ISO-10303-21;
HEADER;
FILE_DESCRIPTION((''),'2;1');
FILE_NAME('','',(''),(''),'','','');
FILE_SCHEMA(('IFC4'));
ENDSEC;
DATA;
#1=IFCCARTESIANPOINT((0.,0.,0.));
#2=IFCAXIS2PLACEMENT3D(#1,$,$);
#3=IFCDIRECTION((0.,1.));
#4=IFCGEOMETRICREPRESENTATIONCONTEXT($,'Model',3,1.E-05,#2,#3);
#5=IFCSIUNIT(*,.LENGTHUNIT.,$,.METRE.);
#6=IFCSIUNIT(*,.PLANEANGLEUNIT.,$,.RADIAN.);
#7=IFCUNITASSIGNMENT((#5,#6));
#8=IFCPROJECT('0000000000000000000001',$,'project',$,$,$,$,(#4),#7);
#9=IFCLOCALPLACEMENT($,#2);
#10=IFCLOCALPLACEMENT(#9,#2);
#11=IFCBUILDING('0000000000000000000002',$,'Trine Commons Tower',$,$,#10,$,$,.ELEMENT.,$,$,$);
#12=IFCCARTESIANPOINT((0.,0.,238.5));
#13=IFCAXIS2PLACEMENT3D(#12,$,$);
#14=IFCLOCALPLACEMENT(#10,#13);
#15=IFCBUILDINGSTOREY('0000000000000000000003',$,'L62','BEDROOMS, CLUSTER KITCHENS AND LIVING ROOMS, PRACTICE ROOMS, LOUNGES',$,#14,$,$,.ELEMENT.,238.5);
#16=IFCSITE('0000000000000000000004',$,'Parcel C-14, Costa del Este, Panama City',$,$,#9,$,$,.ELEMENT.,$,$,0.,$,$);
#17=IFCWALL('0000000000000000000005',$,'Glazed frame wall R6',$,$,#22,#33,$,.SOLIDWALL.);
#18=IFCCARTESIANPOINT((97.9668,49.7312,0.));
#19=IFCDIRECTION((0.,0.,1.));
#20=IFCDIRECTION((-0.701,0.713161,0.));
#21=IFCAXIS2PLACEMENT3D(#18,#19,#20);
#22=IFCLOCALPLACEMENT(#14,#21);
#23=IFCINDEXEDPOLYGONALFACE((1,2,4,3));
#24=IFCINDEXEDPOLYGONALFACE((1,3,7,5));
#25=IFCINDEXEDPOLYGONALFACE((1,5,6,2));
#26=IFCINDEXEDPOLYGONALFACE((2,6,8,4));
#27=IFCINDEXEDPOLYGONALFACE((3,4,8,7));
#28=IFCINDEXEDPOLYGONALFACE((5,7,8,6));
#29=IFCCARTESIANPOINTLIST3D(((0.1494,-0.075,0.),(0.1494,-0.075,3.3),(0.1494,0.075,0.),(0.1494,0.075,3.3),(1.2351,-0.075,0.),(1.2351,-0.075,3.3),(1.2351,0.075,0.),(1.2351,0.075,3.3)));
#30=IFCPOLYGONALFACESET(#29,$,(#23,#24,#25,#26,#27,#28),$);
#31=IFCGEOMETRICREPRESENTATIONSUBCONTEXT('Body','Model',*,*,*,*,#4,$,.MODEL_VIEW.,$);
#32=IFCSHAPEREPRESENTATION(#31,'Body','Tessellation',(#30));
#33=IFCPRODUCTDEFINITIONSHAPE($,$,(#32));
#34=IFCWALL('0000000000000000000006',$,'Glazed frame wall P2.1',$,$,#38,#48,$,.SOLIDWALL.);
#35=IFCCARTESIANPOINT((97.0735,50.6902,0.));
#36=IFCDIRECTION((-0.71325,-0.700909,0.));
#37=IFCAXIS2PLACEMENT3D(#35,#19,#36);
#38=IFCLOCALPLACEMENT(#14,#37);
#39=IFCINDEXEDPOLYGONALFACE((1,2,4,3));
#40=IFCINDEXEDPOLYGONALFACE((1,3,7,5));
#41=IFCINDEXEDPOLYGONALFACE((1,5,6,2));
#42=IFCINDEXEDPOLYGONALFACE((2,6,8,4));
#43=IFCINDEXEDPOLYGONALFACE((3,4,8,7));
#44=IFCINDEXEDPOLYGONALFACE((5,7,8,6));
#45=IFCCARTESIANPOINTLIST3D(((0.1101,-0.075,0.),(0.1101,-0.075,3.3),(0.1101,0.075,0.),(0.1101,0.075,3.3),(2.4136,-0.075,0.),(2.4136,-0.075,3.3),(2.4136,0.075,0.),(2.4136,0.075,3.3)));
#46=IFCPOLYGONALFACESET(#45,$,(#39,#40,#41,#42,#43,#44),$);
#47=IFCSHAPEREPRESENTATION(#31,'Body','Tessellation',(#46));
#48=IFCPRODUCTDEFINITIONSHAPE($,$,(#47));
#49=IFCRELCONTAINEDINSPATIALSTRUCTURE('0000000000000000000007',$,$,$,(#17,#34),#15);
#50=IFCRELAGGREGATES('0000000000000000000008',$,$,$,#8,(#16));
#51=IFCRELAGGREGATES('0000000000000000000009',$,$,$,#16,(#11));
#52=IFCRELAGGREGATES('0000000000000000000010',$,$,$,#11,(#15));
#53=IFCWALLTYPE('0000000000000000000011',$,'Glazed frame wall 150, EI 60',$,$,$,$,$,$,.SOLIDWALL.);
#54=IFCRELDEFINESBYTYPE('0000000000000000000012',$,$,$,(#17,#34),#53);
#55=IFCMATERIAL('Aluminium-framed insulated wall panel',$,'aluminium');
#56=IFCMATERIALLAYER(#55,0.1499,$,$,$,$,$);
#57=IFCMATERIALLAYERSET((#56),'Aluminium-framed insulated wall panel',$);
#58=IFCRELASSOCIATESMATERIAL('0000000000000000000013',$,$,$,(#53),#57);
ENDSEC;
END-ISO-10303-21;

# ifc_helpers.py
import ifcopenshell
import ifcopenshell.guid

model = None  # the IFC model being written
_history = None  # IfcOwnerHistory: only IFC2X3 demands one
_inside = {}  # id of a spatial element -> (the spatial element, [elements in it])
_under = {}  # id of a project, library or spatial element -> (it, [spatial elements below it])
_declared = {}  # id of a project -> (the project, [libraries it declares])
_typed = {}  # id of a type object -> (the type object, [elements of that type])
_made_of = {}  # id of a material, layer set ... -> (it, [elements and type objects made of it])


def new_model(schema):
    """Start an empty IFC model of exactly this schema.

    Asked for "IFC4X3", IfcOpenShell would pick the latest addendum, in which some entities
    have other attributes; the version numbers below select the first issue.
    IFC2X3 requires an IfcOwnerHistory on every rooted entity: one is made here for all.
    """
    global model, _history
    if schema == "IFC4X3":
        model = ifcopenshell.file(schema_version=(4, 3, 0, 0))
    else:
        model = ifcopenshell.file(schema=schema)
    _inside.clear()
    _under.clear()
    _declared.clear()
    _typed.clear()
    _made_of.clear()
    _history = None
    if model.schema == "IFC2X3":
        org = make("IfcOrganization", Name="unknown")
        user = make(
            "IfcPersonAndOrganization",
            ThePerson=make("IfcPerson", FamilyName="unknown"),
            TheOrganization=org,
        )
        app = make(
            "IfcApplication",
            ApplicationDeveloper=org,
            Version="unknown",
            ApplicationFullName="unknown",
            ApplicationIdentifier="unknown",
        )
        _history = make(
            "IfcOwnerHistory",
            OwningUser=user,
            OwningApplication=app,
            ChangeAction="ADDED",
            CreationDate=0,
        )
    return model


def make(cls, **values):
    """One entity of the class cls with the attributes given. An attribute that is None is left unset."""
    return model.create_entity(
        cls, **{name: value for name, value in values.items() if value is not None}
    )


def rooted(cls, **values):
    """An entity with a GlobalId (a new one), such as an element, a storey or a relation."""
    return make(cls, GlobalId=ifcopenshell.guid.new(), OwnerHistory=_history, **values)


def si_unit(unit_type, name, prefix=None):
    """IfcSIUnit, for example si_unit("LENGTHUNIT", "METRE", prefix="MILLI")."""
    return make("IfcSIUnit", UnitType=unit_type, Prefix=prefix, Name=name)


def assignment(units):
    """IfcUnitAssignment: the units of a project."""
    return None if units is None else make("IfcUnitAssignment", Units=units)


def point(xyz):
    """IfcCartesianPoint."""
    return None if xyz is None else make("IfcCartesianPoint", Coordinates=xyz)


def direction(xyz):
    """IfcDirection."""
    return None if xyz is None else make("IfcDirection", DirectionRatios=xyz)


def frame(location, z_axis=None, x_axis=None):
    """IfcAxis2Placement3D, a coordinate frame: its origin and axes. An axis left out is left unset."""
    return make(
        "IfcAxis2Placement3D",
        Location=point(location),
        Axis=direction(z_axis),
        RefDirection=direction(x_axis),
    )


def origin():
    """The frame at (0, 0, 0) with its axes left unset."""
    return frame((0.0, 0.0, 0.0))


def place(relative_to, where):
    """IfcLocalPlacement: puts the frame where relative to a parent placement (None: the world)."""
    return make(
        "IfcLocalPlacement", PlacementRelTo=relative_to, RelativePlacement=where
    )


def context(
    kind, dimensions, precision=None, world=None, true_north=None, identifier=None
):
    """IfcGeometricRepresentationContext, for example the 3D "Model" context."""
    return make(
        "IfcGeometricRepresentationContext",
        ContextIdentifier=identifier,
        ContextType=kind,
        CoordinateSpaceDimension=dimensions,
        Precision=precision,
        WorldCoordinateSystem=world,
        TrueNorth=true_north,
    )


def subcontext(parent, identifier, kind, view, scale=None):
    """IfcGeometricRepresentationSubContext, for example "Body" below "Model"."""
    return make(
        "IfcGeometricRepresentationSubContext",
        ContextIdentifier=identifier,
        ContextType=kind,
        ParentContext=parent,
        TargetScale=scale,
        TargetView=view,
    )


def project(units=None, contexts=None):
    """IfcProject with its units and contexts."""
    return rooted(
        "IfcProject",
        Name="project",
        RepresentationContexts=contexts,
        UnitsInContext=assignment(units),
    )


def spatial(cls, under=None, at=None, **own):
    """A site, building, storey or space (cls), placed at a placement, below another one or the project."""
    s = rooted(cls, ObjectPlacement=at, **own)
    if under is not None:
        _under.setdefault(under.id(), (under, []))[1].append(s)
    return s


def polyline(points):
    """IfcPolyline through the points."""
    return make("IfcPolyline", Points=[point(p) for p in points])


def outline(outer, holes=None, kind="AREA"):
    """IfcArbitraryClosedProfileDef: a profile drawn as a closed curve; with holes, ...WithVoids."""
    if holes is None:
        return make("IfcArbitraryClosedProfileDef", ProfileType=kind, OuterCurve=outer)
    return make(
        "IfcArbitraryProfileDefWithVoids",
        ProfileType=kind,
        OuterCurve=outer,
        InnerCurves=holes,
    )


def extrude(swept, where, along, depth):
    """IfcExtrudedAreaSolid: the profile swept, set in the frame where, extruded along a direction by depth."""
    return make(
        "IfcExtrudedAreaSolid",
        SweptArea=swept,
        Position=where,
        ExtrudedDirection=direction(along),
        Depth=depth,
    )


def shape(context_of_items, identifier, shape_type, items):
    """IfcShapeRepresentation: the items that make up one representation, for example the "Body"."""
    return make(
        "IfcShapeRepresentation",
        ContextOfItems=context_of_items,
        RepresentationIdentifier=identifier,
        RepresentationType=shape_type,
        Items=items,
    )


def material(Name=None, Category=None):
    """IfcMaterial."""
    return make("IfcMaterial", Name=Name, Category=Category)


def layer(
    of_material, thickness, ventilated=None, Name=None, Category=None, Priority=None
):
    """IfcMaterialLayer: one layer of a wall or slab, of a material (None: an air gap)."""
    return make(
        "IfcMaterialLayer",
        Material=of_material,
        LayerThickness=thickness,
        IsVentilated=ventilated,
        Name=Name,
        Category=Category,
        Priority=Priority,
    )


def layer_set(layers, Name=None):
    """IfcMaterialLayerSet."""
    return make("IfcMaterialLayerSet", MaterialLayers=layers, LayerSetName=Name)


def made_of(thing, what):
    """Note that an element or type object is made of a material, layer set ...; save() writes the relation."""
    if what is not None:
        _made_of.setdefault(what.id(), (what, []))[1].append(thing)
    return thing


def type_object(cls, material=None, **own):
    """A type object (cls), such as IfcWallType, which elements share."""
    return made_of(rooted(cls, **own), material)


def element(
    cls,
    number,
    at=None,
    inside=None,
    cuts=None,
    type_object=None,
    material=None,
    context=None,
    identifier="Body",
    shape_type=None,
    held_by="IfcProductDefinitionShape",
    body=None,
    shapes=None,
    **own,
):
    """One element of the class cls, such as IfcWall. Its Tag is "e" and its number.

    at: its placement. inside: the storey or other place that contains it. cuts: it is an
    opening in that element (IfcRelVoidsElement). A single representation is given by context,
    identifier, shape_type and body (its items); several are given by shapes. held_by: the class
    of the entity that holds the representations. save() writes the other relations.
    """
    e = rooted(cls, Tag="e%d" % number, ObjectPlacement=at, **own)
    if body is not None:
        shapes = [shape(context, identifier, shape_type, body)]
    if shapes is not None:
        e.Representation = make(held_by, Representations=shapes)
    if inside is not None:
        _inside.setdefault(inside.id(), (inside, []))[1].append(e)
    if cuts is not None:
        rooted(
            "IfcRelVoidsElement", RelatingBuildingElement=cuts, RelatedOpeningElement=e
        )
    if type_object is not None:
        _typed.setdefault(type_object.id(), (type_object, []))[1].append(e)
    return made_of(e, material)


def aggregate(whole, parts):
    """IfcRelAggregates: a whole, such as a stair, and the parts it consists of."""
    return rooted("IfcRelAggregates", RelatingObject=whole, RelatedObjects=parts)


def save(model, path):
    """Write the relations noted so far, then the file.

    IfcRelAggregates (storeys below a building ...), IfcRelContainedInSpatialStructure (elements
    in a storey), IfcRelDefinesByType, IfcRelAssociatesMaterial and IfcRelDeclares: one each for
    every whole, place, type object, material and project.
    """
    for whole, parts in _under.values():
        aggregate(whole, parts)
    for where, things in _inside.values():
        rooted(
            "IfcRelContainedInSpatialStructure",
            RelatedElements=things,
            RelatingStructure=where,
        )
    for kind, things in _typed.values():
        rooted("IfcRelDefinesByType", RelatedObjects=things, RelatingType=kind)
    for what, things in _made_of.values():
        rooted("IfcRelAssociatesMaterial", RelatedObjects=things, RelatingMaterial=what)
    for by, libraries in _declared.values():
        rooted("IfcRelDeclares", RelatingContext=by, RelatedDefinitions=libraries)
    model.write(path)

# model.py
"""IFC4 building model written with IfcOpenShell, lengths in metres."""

from ifc_helpers import new_model, si_unit, direction, frame, origin, place, context, subcontext, project, spatial, polyline, outline, extrude, material, layer, layer_set, type_object, element, save


model = new_model("IFC4")

# Units and contexts
model_context = context("Model", 3, precision=1e-05, world=origin(), true_north=direction((0.0, 1.0)))
body_context = subcontext(model_context, "Body", "Model", "MODEL_VIEW")
ifc_project = project(units=[si_unit("LENGTHUNIT", "METRE"), si_unit("PLANEANGLEUNIT", "RADIAN")], contexts=[model_context])

# Site, building, storey
site_placement = place(None, origin())
site = spatial("IfcSite", under=ifc_project, at=site_placement, Name="Parcel C-14, Costa del Este, Panama City", CompositionType="ELEMENT", RefElevation=0.0)
building_placement = place(site_placement, origin())
building = spatial("IfcBuilding", under=site, at=building_placement, Name="Trine Commons Tower", CompositionType="ELEMENT")
storey_placement = place(building_placement, frame((0.0, 0.0, 238.5)))
storey = spatial("IfcBuildingStorey", under=building, at=storey_placement, Name="L62", Description="BEDROOMS, CLUSTER KITCHENS AND LIVING ROOMS, PRACTICE ROOMS, LOUNGES", CompositionType="ELEMENT", Elevation=238.5)

# Walls
ifc_material_1 = material(Name="Aluminium-framed insulated wall panel", Category="aluminium")
ifc_layer_1 = layer(ifc_material_1, 0.1499)
ifc_layer_set_1 = layer_set([ifc_layer_1], Name="Aluminium-framed insulated wall panel")
wall_type_1 = type_object("IfcWallType", Name="Glazed frame wall 150, EI 60", PredefinedType="SOLIDWALL", material=ifc_layer_set_1)
wall_1_placement = place(storey_placement, frame((97.9668, 49.7312, 0.0), z_axis=(0.0, 0.0, 1.0), x_axis=(-0.701, 0.713161, 0.0)))
element("IfcWall", 1, at=wall_1_placement, inside=storey, type_object=wall_type_1, Name="Glazed frame wall R6", PredefinedType="SOLIDWALL", context=body_context, shape_type="SweptSolid", body=[
    extrude(outline(polyline([(0.1494, 0.075), (0.1494, -0.075), (1.2351, -0.075), (1.2351, 0.075), (0.1494, 0.075)])), origin(), (0.0, 0.0, 1.0), 3.3),
])
wall_2_placement = place(storey_placement, frame((97.0735, 50.6902, 0.0), z_axis=(0.0, 0.0, 1.0), x_axis=(-0.71325, -0.700909, 0.0)))
element("IfcWall", 2, at=wall_2_placement, inside=storey, type_object=wall_type_1, Name="Glazed frame wall P2.1", PredefinedType="SOLIDWALL", context=body_context, shape_type="SweptSolid", body=[
    extrude(outline(polyline([(0.1101, -0.075), (2.4136, -0.075), (2.4136, 0.075), (0.1101, 0.075), (0.1101, -0.075)])), origin(), (0.0, 0.0, 1.0), 3.3),
])

save(model, "model.ifc")
